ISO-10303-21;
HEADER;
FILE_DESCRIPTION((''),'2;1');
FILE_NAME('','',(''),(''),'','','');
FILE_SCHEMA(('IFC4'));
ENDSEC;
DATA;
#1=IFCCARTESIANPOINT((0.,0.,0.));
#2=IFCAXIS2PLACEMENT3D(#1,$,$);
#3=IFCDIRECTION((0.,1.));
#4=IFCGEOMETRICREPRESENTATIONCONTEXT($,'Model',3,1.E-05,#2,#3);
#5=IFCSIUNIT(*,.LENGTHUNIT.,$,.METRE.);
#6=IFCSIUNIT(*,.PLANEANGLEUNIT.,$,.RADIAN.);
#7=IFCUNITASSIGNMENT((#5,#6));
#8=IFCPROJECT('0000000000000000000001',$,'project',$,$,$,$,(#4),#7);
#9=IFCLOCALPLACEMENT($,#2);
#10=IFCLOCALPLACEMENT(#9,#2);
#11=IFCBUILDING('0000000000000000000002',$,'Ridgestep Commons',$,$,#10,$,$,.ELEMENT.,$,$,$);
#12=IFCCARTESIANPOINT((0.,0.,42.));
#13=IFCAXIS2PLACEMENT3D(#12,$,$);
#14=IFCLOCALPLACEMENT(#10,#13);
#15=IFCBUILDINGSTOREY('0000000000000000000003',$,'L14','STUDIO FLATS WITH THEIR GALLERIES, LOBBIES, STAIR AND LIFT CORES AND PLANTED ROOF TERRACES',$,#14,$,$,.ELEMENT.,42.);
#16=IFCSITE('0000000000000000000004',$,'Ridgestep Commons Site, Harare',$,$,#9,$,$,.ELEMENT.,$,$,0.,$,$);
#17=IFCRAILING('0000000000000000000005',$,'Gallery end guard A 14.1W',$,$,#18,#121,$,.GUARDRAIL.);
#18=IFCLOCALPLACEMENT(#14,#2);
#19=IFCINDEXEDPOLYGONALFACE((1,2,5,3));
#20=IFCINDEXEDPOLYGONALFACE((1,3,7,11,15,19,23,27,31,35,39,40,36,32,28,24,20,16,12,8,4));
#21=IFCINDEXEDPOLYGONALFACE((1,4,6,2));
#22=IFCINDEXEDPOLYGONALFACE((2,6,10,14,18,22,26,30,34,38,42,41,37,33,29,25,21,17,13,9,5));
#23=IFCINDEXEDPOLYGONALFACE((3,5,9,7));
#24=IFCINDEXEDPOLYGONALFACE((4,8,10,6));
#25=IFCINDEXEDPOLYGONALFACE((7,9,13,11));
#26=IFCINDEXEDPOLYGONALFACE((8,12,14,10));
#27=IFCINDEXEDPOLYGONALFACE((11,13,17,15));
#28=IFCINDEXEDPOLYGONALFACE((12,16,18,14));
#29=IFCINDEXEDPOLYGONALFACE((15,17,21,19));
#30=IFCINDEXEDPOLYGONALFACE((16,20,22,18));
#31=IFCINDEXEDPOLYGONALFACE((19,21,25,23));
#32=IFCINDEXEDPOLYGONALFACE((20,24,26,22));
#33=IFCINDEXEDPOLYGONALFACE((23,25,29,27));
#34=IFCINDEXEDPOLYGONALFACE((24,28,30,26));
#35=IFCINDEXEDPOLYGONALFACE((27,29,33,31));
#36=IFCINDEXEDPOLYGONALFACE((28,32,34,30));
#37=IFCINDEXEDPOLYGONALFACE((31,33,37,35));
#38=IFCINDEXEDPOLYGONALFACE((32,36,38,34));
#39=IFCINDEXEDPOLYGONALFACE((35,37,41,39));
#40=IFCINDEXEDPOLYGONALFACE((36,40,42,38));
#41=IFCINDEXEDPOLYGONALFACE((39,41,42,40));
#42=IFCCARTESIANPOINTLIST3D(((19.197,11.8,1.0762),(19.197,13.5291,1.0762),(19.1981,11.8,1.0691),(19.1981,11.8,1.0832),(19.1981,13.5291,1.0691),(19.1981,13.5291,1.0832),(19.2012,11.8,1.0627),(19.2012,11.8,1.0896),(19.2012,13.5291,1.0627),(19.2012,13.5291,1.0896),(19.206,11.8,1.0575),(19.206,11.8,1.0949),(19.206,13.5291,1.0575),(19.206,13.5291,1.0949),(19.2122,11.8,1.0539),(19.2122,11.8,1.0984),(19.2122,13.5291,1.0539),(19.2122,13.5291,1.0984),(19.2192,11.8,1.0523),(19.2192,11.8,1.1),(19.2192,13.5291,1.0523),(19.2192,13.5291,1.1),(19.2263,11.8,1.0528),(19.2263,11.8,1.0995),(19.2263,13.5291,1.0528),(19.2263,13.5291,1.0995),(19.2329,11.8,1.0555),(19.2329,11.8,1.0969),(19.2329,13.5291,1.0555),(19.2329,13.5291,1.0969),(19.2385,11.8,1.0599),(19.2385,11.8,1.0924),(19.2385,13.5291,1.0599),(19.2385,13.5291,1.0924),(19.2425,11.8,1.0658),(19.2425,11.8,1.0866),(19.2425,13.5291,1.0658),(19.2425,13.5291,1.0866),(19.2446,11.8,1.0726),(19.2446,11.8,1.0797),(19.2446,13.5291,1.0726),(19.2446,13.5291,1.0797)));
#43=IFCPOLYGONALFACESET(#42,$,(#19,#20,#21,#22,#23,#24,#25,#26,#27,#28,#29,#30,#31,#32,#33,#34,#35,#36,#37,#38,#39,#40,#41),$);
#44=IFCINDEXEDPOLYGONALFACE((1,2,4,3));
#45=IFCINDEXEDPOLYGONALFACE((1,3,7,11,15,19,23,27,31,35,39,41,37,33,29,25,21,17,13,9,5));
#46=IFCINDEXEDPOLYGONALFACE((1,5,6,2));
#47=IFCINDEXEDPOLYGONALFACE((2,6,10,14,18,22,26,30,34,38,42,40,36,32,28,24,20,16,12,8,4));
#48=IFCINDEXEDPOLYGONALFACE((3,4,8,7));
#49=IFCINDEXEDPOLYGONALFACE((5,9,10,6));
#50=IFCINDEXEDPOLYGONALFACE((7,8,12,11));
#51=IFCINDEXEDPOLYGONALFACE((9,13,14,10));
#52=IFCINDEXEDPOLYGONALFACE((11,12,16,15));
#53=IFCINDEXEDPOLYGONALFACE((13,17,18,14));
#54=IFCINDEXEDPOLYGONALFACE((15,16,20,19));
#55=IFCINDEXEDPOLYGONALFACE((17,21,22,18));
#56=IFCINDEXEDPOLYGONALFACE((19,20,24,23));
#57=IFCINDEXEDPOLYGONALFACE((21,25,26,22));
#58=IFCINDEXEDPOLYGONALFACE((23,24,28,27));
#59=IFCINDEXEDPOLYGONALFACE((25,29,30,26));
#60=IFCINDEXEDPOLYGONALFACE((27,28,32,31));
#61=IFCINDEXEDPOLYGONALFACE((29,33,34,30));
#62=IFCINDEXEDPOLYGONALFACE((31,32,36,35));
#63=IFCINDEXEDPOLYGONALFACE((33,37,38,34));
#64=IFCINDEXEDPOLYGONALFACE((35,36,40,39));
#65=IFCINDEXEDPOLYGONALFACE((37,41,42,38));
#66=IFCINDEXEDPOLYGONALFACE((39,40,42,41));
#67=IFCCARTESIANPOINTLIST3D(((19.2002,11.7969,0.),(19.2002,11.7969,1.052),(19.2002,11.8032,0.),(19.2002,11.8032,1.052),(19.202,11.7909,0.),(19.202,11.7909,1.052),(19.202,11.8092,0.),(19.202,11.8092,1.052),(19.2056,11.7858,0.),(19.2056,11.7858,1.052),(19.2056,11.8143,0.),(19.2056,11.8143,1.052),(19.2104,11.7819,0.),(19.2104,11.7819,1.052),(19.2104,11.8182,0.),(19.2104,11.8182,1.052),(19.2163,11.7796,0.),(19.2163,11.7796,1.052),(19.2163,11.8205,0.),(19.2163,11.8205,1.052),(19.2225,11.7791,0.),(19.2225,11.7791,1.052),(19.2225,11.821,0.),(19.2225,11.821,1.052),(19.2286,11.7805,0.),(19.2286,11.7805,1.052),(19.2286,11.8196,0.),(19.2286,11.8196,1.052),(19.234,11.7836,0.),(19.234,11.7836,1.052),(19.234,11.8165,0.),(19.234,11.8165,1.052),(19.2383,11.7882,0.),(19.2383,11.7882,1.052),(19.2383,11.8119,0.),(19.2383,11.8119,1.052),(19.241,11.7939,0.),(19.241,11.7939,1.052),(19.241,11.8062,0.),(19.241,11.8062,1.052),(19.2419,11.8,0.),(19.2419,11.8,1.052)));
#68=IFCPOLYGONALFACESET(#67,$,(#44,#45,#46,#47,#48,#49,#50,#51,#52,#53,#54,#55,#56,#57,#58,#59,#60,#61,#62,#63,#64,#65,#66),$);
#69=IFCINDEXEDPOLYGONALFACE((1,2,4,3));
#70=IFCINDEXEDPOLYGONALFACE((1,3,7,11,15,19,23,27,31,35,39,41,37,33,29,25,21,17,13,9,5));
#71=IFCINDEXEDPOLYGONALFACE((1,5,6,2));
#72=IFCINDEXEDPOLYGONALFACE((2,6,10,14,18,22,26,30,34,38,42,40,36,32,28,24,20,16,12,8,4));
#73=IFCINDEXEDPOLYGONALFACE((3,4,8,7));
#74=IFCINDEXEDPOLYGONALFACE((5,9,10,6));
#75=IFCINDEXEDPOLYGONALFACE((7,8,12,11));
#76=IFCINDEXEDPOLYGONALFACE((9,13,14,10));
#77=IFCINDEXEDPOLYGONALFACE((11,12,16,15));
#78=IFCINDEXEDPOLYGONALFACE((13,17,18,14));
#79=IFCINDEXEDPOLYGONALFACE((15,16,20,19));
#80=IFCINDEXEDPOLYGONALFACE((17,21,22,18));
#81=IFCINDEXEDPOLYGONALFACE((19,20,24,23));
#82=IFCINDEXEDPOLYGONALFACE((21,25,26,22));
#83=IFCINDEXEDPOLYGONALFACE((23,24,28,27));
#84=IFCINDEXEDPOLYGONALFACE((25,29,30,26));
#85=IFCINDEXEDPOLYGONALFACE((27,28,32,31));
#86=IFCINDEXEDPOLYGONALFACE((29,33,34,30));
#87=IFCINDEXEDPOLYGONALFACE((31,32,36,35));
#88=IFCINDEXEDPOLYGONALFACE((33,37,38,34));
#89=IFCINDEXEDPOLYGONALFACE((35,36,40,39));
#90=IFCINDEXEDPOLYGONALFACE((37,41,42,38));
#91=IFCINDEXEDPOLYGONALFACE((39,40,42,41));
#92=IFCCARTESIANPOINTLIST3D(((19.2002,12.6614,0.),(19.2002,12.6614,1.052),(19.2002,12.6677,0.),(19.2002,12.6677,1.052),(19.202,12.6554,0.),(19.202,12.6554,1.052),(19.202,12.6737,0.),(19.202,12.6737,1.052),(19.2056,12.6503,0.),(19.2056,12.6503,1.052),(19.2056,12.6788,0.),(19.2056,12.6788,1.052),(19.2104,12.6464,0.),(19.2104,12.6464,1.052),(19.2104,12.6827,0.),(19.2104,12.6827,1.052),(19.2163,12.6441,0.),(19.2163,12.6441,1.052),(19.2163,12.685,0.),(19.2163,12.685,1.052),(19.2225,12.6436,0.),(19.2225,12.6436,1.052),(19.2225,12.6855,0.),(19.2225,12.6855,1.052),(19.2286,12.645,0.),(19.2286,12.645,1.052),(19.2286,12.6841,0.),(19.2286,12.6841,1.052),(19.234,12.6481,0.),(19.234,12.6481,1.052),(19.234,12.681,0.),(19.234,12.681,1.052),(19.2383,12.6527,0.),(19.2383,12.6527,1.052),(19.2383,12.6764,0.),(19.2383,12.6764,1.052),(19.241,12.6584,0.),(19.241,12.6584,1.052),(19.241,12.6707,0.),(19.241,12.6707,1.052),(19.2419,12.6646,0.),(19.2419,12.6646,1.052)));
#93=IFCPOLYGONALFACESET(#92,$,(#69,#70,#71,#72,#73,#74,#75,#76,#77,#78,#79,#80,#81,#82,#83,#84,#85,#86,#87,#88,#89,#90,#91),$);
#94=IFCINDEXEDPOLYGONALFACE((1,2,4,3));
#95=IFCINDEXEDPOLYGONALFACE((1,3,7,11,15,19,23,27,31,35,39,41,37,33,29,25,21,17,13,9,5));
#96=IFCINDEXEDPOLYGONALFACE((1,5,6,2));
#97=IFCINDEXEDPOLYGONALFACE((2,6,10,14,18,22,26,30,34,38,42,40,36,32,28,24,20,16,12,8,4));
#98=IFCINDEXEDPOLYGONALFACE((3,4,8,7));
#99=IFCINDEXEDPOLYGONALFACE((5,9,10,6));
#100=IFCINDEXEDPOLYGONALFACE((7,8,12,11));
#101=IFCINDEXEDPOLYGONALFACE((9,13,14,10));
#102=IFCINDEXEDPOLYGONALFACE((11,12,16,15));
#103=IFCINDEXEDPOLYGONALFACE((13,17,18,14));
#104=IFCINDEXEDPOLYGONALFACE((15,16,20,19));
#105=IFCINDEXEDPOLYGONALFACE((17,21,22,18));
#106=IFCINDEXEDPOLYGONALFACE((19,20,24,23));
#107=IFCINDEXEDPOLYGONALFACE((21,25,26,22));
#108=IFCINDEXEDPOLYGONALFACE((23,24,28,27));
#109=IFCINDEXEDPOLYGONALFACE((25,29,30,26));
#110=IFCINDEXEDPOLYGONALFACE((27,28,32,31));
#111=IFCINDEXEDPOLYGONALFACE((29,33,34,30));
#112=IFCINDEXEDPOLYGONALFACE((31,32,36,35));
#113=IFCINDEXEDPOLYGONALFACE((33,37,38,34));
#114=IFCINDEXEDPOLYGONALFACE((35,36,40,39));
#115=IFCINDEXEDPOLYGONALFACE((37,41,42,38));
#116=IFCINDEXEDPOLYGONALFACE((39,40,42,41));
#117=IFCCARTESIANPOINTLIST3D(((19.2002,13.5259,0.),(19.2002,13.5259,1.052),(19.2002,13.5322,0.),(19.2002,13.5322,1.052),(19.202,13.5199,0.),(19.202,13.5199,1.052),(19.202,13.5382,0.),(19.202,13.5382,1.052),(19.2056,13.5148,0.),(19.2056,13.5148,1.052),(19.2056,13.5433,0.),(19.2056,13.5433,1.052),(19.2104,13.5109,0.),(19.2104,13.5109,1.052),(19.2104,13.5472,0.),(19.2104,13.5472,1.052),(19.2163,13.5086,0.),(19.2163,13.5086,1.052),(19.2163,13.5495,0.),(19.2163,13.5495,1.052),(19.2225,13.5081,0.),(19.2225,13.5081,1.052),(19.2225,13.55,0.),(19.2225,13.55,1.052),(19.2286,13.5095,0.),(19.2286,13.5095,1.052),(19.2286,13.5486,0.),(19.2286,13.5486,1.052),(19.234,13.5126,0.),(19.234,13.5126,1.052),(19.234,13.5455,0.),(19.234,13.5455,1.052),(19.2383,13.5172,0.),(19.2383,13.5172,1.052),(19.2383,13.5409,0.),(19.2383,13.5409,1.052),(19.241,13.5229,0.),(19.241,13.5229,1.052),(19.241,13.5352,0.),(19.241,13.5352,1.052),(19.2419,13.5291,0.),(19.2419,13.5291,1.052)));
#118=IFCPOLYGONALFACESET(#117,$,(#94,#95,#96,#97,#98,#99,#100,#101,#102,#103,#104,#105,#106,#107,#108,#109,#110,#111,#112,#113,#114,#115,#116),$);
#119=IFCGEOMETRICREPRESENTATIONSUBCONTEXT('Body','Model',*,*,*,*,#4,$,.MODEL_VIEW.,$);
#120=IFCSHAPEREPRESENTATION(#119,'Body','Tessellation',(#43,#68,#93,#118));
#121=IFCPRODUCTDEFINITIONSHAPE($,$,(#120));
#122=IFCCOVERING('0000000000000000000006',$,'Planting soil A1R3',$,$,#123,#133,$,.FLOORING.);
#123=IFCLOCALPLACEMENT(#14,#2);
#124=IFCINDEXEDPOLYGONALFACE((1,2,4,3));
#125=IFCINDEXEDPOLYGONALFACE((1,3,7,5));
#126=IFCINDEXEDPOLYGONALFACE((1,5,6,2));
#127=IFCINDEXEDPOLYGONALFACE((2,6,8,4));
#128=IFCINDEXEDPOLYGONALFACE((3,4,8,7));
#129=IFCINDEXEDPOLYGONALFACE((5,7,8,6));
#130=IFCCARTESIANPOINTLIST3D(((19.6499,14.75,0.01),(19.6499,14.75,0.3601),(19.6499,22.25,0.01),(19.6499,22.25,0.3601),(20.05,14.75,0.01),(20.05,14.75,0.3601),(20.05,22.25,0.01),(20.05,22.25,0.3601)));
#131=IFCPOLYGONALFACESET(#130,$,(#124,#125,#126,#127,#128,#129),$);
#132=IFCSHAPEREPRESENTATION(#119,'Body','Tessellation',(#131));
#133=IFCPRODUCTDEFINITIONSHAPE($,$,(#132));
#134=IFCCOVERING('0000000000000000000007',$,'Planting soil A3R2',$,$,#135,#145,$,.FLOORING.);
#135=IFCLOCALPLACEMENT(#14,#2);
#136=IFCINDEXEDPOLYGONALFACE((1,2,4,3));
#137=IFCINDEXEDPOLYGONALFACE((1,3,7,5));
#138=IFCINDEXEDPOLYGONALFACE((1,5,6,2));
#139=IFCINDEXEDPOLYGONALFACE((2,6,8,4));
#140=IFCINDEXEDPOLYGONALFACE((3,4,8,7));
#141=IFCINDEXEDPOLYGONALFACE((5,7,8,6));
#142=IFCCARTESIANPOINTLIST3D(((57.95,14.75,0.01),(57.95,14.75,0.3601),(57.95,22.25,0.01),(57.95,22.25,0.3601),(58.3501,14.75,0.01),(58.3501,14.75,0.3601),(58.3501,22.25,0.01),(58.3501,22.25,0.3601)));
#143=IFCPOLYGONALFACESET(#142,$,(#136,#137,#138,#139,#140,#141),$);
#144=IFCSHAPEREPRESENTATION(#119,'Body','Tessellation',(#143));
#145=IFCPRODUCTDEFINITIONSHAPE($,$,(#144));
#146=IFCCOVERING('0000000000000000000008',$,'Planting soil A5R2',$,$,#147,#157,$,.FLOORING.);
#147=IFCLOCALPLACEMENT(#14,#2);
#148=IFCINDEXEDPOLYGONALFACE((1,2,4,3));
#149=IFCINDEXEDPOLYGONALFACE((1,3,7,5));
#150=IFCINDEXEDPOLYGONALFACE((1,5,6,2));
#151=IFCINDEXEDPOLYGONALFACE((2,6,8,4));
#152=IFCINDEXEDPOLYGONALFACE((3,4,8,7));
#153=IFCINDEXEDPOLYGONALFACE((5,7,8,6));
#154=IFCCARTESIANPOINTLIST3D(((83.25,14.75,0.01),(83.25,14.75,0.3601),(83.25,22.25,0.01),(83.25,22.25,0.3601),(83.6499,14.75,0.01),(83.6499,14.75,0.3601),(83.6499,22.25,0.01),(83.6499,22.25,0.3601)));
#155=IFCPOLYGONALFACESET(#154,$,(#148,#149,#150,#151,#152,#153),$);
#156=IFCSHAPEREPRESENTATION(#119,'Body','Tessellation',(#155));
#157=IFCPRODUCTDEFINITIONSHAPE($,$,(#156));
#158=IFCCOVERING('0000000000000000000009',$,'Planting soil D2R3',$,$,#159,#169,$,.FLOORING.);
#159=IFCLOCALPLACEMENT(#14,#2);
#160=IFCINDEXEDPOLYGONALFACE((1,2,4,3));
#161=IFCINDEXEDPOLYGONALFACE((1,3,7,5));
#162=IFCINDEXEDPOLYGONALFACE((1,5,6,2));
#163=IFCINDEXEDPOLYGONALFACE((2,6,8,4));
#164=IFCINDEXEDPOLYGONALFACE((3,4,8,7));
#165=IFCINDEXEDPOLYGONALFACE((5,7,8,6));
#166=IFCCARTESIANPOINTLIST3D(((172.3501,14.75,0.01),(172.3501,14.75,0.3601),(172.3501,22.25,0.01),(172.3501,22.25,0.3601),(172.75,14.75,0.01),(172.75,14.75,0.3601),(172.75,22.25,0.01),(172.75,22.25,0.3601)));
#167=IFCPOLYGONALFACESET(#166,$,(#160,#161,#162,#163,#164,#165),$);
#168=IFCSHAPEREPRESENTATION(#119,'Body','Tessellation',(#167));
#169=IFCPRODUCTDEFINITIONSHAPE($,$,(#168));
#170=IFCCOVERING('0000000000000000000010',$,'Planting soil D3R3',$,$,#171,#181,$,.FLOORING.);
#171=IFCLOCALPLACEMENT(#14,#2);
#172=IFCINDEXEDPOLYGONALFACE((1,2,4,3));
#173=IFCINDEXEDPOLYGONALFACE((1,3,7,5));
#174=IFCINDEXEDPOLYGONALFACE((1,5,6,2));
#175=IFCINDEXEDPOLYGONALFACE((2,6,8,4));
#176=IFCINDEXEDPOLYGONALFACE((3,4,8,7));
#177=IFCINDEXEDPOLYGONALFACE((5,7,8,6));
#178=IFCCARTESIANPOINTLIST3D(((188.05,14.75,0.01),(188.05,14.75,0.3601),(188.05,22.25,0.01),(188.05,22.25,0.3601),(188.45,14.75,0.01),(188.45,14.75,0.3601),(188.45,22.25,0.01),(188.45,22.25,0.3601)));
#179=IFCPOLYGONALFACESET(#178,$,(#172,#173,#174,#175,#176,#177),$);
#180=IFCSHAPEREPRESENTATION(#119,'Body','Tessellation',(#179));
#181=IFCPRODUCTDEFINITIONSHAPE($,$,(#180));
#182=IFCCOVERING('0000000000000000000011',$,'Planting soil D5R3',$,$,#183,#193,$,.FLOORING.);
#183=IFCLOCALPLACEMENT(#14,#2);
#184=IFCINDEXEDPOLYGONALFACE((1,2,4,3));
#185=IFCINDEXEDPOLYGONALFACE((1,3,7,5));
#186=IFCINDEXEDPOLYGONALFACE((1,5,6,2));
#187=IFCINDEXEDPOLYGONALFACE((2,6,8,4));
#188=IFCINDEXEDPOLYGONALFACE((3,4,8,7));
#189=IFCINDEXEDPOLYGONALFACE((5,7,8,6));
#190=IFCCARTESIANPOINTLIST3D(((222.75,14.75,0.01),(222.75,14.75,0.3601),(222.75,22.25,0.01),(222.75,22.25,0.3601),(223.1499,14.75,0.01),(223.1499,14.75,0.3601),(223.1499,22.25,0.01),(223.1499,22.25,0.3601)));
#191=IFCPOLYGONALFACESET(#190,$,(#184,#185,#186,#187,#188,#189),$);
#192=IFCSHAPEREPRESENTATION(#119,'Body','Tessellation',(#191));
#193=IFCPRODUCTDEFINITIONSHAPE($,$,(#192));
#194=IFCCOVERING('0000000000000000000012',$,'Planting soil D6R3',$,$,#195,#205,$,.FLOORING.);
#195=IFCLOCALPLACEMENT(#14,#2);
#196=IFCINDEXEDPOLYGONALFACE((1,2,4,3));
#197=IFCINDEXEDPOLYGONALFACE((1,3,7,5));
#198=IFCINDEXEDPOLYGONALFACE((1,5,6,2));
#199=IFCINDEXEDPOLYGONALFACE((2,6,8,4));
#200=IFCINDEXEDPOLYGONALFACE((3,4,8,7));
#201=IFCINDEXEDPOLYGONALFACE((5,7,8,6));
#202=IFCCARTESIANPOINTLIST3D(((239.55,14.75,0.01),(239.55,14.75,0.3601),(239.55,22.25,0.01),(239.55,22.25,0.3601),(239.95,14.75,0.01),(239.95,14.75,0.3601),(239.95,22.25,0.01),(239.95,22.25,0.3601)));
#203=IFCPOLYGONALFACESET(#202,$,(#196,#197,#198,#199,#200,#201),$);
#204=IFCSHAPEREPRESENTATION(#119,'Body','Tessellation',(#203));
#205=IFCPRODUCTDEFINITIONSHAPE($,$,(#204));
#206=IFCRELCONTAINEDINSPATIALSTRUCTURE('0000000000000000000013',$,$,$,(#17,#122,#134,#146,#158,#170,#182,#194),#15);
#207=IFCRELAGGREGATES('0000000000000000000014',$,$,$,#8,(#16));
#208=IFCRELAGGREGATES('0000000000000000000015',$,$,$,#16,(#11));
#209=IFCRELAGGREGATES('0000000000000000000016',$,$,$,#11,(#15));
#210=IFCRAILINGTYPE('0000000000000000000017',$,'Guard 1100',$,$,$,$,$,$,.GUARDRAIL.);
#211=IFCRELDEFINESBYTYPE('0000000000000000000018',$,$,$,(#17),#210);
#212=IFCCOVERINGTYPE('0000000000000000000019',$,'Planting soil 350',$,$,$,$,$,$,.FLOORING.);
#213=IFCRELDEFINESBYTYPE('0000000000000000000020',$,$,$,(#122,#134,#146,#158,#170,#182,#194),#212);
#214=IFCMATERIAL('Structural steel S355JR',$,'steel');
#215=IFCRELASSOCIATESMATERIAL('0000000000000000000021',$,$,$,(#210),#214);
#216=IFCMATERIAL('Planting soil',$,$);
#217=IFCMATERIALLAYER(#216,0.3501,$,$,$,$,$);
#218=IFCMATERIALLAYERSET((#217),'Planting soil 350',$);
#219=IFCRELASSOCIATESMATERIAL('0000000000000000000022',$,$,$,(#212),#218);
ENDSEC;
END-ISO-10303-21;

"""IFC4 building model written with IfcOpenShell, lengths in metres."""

from ifc_helpers import new_model, si_unit, direction, frame, origin, origin_2d, place, context, subcontext, project, spatial, polyline, circle, outline, extrude, material, layer, layer_set, type_object, element, save


model = new_model("IFC4")

# Units and contexts
model_context = context("Model", 3, precision=1e-05, world=origin(), true_north=direction((0.0, 1.0)))
body_context = subcontext(model_context, "Body", "Model", "MODEL_VIEW")
ifc_project = project(units=[si_unit("LENGTHUNIT", "METRE"), si_unit("PLANEANGLEUNIT", "RADIAN")], contexts=[model_context])

# Site, building, storey
site_placement = place(None, origin())
site = spatial("IfcSite", under=ifc_project, at=site_placement, Name="Ridgestep Commons Site, Harare", CompositionType="ELEMENT", RefElevation=0.0)
building_placement = place(site_placement, origin())
building = spatial("IfcBuilding", under=site, at=building_placement, Name="Ridgestep Commons", CompositionType="ELEMENT")
storey_placement = place(building_placement, frame((0.0, 0.0, 42.0)))
storey = spatial("IfcBuildingStorey", under=building, at=storey_placement, Name="L14", Description="STUDIO FLATS WITH THEIR GALLERIES, LOBBIES, STAIR AND LIFT CORES AND PLANTED ROOF TERRACES", CompositionType="ELEMENT", Elevation=42.0)

# Railing
ifc_material_1 = material(Name="Structural steel S355JR", Category="steel")
railing_type = type_object("IfcRailingType", Name="Guard 1100", PredefinedType="GUARDRAIL", material=ifc_material_1)
railing_1_placement = place(storey_placement, frame((19.2209, 11.8, 0.0)))
element("IfcRailing", 1, at=railing_1_placement, inside=storey, type_object=railing_type, Name="Gallery end guard A 14.1W", PredefinedType="GUARDRAIL", context=body_context, shape_type="SweptSolid", body=[
    extrude(circle(Radius=0.0239, at=origin_2d()), frame((0.0, 0.0, 1.0762), z_axis=(0.0, 1.0, 0.0), x_axis=(-1.0, 0.0, 0.0)), (0.0, 0.0, 1.0), 1.729),
    extrude(circle(Radius=0.021, at=origin_2d()), origin(), (0.0, 0.0, 1.0), 1.052),
    extrude(circle(Radius=0.021, at=origin_2d()), frame((0.0, 0.8645, 0.0)), (0.0, 0.0, 1.0), 1.052),
    extrude(circle(Radius=0.021, at=origin_2d()), frame((0.0, 1.729, 0.0)), (0.0, 0.0, 1.0), 1.052),
])

# Coverings
ifc_material_2 = material(Name="Planting soil")
ifc_layer_1 = layer(ifc_material_2, 0.3501)
ifc_layer_set_1 = layer_set([ifc_layer_1], Name="Planting soil 350")
covering_type_1 = type_object("IfcCoveringType", Name="Planting soil 350", PredefinedType="FLOORING", material=ifc_layer_set_1)
covering_1_placement = place(storey_placement, frame((0.0, 0.0, 0.01)))
element("IfcCovering", 2, at=covering_1_placement, inside=storey, type_object=covering_type_1, Name="Planting soil A1R3", PredefinedType="FLOORING", context=body_context, shape_type="SweptSolid", body=[
    extrude(outline(polyline([(19.6499, 14.75), (20.05, 14.75), (20.05, 22.25), (19.6499, 22.25), (19.6499, 14.75)])), origin(), (0.0, 0.0, 1.0), 0.3501),
])
covering_2_placement = place(storey_placement, frame((0.0, 0.0, 0.01)))
element("IfcCovering", 3, at=covering_2_placement, inside=storey, type_object=covering_type_1, Name="Planting soil A3R2", PredefinedType="FLOORING", context=body_context, shape_type="SweptSolid", body=[
    extrude(outline(polyline([(57.95, 14.75), (58.3501, 14.75), (58.3501, 22.25), (57.95, 22.25), (57.95, 14.75)])), origin(), (0.0, 0.0, 1.0), 0.3501),
])
covering_3_placement = place(storey_placement, frame((0.0, 0.0, 0.01)))
element("IfcCovering", 4, at=covering_3_placement, inside=storey, type_object=covering_type_1, Name="Planting soil A5R2", PredefinedType="FLOORING", context=body_context, shape_type="SweptSolid", body=[
    extrude(outline(polyline([(83.25, 14.75), (83.6499, 14.75), (83.6499, 22.25), (83.25, 22.25), (83.25, 14.75)])), origin(), (0.0, 0.0, 1.0), 0.3501),
])
covering_4_placement = place(storey_placement, frame((0.0, 0.0, 0.01)))
element("IfcCovering", 5, at=covering_4_placement, inside=storey, type_object=covering_type_1, Name="Planting soil D2R3", PredefinedType="FLOORING", context=body_context, shape_type="SweptSolid", body=[
    extrude(outline(polyline([(172.3501, 14.75), (172.75, 14.75), (172.75, 22.25), (172.3501, 22.25), (172.3501, 14.75)])), origin(), (0.0, 0.0, 1.0), 0.3501),
])
covering_5_placement = place(storey_placement, frame((0.0, 0.0, 0.01)))
element("IfcCovering", 6, at=covering_5_placement, inside=storey, type_object=covering_type_1, Name="Planting soil D3R3", PredefinedType="FLOORING", context=body_context, shape_type="SweptSolid", body=[
    extrude(outline(polyline([(188.05, 14.75), (188.45, 14.75), (188.45, 22.25), (188.05, 22.25), (188.05, 14.75)])), origin(), (0.0, 0.0, 1.0), 0.3501),
])
covering_6_placement = place(storey_placement, frame((0.0, 0.0, 0.01)))
element("IfcCovering", 7, at=covering_6_placement, inside=storey, type_object=covering_type_1, Name="Planting soil D5R3", PredefinedType="FLOORING", context=body_context, shape_type="SweptSolid", body=[
    extrude(outline(polyline([(222.75, 14.75), (223.1499, 14.75), (223.1499, 22.25), (222.75, 22.25), (222.75, 14.75)])), origin(), (0.0, 0.0, 1.0), 0.3501),
])
covering_7_placement = place(storey_placement, frame((0.0, 0.0, 0.01)))
element("IfcCovering", 8, at=covering_7_placement, inside=storey, type_object=covering_type_1, Name="Planting soil D6R3", PredefinedType="FLOORING", context=body_context, shape_type="SweptSolid", body=[
    extrude(outline(polyline([(239.55, 14.75), (239.95, 14.75), (239.95, 22.25), (239.55, 22.25), (239.55, 14.75)])), origin(), (0.0, 0.0, 1.0), 0.3501),
])

save(model, "model.ifc")
